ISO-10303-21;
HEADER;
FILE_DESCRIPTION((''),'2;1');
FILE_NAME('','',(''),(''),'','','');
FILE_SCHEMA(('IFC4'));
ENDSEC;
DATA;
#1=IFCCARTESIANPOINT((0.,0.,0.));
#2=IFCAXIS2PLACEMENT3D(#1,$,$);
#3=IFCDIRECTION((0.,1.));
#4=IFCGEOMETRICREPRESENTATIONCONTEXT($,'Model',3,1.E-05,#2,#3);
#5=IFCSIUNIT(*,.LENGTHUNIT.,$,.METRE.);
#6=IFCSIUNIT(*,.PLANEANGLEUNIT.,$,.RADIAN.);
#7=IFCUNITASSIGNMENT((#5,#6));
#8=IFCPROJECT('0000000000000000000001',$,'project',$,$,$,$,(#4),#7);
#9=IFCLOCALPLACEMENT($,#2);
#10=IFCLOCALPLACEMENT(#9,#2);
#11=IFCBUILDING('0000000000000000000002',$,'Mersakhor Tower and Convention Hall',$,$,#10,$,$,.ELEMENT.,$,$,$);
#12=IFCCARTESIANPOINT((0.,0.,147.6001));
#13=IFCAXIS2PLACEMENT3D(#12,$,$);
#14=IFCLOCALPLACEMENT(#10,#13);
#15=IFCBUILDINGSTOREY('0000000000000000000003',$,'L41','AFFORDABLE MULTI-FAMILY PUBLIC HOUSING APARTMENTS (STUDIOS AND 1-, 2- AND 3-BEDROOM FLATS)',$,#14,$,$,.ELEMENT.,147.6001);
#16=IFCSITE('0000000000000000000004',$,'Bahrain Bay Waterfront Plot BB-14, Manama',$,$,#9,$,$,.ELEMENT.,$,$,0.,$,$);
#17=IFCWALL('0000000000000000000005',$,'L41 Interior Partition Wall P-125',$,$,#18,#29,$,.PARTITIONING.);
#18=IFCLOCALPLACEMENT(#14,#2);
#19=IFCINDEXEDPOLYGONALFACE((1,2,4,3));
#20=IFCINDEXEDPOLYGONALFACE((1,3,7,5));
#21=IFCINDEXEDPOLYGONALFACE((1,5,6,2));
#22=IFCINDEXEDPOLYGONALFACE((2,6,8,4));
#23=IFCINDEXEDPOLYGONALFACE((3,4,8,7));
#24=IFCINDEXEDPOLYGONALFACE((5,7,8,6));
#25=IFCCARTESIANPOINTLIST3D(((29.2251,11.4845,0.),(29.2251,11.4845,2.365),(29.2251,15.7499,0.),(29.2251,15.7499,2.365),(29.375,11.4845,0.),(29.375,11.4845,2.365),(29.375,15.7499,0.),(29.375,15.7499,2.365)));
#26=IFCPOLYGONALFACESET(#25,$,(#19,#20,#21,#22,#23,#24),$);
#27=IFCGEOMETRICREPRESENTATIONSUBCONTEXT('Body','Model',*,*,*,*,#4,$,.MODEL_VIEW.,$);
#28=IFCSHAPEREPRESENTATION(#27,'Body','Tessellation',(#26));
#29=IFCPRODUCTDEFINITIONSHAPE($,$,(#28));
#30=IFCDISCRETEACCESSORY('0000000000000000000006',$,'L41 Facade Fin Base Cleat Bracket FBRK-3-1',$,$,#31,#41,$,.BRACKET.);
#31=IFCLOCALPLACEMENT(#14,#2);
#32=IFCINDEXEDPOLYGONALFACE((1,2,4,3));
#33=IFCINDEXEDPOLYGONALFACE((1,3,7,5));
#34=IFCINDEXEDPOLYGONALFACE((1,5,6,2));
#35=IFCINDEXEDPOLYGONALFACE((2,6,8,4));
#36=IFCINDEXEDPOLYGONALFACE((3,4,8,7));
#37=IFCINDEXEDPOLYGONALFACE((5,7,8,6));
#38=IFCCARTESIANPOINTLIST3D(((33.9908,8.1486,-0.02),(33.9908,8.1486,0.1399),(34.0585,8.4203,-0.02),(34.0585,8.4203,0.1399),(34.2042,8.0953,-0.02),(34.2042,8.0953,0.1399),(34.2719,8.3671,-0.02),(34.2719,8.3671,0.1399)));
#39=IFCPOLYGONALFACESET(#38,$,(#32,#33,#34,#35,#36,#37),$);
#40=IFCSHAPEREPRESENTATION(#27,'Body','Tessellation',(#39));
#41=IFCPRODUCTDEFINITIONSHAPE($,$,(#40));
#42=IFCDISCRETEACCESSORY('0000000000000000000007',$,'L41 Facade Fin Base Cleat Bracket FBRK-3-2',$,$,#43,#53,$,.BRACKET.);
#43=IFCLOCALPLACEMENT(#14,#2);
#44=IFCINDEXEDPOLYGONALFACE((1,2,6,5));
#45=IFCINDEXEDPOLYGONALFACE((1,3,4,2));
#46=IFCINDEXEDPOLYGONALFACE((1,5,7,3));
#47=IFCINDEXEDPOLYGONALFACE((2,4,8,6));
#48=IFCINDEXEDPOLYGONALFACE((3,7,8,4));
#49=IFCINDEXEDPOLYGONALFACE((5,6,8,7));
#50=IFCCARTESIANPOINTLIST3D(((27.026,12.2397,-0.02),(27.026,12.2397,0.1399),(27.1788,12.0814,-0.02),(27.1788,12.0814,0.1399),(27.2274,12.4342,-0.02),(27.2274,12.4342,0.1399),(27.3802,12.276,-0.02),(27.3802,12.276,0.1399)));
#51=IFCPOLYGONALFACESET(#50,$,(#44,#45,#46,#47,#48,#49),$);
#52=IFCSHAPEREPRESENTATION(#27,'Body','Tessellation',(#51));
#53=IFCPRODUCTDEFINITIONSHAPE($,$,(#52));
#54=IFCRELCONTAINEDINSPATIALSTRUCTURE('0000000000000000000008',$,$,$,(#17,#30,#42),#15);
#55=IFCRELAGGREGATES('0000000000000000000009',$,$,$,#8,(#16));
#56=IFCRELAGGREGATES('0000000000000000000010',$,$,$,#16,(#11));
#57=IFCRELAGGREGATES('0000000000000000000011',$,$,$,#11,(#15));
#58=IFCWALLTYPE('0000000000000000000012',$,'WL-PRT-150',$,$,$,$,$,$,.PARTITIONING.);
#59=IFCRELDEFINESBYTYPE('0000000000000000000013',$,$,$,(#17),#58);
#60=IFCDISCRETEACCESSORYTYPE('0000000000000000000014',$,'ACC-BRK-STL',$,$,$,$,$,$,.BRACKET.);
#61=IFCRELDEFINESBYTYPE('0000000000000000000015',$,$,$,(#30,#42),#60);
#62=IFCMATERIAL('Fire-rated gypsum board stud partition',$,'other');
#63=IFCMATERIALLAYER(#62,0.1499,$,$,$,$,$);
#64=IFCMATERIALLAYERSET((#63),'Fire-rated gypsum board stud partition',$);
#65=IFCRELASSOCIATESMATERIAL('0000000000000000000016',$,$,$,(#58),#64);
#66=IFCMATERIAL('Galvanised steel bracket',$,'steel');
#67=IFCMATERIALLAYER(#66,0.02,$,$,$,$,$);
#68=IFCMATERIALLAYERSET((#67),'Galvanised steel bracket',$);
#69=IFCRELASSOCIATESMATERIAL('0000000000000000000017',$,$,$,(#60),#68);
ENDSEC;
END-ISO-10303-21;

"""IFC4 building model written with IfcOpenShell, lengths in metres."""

from ifc_helpers import new_model, si_unit, direction, frame, frame_2d, origin, origin_2d, place, context, subcontext, project, spatial, rectangle, extrude, material, layer, layer_set, type_object, element, save


model = new_model("IFC4")

# Units and contexts
model_context = context("Model", 3, precision=1e-05, world=origin(), true_north=direction((0.0, 1.0)))
body_context = subcontext(model_context, "Body", "Model", "MODEL_VIEW")
ifc_project = project(units=[si_unit("LENGTHUNIT", "METRE"), si_unit("PLANEANGLEUNIT", "RADIAN")], contexts=[model_context])

# Site, building, storey
site_placement = place(None, origin())
site = spatial("IfcSite", under=ifc_project, at=site_placement, Name="Bahrain Bay Waterfront Plot BB-14, Manama", CompositionType="ELEMENT", RefElevation=0.0)
building_placement = place(site_placement, origin())
building = spatial("IfcBuilding", under=site, at=building_placement, Name="Mersakhor Tower and Convention Hall", CompositionType="ELEMENT")
storey_placement = place(building_placement, frame((0.0, 0.0, 147.6001)))
storey = spatial("IfcBuildingStorey", under=building, at=storey_placement, Name="L41", Description="AFFORDABLE MULTI-FAMILY PUBLIC HOUSING APARTMENTS (STUDIOS AND 1-, 2- AND 3-BEDROOM FLATS)", CompositionType="ELEMENT", Elevation=147.6001)

# Shared definitions
ifc_material_1 = material(Name="Fire-rated gypsum board stud partition", Category="other")
ifc_layer_1 = layer(ifc_material_1, 0.1499)
ifc_layer_set_1 = layer_set([ifc_layer_1], Name="Fire-rated gypsum board stud partition")
wall_type_1 = type_object("IfcWallType", Name="WL-PRT-150", PredefinedType="PARTITIONING", material=ifc_layer_set_1)

# Wall
wall_1_placement = place(storey_placement, frame((29.3, 15.75, 0.0), z_axis=(0.0, 0.0, 1.0), x_axis=(0.0, -1.0, 0.0)))
element("IfcWall", 1, at=wall_1_placement, inside=storey, type_object=wall_type_1, Name="L41 Interior Partition Wall P-125", PredefinedType="PARTITIONING", context=body_context, shape_type="SweptSolid", body=[
    extrude(rectangle(XDim=4.2654, YDim=0.1499, at=frame_2d((2.1328, 0.0))), origin(), (0.0, 0.0, 1.0), 2.365),
])

# Discrete accessories
ifc_material_2 = material(Name="Galvanised steel bracket", Category="steel")
ifc_layer_2 = layer(ifc_material_2, 0.02)
ifc_layer_set_2 = layer_set([ifc_layer_2], Name="Galvanised steel bracket")
discrete_accessory_type = type_object("IfcDiscreteAccessoryType", Name="ACC-BRK-STL", PredefinedType="BRACKET", material=ifc_layer_set_2)
for number, where, z_axis, x_axis, name in (
    (2, (34.1313, 8.2578, -0.02), (0.0, 0.0, 1.0), (-0.241922, -0.970296, 0.0), "L41 Facade Fin Base Cleat Bracket FBRK-3-1"),
    (3, (27.2031, 12.2578, -0.02), (0.0, 0.0, 1.0), (-0.71934, -0.694658, 0.0), "L41 Facade Fin Base Cleat Bracket FBRK-3-2"),
):
    element("IfcDiscreteAccessory", number, at=place(storey_placement, frame(where, z_axis=z_axis, x_axis=x_axis)), inside=storey, type_object=discrete_accessory_type, Name=name, PredefinedType="BRACKET", context=body_context, shape_type="SweptSolid", body=[
        extrude(rectangle(XDim=0.28, YDim=0.22, at=origin_2d()), origin(), (0.0, 0.0, 1.0), 0.1599),
    ])

save(model, "model.ifc")
